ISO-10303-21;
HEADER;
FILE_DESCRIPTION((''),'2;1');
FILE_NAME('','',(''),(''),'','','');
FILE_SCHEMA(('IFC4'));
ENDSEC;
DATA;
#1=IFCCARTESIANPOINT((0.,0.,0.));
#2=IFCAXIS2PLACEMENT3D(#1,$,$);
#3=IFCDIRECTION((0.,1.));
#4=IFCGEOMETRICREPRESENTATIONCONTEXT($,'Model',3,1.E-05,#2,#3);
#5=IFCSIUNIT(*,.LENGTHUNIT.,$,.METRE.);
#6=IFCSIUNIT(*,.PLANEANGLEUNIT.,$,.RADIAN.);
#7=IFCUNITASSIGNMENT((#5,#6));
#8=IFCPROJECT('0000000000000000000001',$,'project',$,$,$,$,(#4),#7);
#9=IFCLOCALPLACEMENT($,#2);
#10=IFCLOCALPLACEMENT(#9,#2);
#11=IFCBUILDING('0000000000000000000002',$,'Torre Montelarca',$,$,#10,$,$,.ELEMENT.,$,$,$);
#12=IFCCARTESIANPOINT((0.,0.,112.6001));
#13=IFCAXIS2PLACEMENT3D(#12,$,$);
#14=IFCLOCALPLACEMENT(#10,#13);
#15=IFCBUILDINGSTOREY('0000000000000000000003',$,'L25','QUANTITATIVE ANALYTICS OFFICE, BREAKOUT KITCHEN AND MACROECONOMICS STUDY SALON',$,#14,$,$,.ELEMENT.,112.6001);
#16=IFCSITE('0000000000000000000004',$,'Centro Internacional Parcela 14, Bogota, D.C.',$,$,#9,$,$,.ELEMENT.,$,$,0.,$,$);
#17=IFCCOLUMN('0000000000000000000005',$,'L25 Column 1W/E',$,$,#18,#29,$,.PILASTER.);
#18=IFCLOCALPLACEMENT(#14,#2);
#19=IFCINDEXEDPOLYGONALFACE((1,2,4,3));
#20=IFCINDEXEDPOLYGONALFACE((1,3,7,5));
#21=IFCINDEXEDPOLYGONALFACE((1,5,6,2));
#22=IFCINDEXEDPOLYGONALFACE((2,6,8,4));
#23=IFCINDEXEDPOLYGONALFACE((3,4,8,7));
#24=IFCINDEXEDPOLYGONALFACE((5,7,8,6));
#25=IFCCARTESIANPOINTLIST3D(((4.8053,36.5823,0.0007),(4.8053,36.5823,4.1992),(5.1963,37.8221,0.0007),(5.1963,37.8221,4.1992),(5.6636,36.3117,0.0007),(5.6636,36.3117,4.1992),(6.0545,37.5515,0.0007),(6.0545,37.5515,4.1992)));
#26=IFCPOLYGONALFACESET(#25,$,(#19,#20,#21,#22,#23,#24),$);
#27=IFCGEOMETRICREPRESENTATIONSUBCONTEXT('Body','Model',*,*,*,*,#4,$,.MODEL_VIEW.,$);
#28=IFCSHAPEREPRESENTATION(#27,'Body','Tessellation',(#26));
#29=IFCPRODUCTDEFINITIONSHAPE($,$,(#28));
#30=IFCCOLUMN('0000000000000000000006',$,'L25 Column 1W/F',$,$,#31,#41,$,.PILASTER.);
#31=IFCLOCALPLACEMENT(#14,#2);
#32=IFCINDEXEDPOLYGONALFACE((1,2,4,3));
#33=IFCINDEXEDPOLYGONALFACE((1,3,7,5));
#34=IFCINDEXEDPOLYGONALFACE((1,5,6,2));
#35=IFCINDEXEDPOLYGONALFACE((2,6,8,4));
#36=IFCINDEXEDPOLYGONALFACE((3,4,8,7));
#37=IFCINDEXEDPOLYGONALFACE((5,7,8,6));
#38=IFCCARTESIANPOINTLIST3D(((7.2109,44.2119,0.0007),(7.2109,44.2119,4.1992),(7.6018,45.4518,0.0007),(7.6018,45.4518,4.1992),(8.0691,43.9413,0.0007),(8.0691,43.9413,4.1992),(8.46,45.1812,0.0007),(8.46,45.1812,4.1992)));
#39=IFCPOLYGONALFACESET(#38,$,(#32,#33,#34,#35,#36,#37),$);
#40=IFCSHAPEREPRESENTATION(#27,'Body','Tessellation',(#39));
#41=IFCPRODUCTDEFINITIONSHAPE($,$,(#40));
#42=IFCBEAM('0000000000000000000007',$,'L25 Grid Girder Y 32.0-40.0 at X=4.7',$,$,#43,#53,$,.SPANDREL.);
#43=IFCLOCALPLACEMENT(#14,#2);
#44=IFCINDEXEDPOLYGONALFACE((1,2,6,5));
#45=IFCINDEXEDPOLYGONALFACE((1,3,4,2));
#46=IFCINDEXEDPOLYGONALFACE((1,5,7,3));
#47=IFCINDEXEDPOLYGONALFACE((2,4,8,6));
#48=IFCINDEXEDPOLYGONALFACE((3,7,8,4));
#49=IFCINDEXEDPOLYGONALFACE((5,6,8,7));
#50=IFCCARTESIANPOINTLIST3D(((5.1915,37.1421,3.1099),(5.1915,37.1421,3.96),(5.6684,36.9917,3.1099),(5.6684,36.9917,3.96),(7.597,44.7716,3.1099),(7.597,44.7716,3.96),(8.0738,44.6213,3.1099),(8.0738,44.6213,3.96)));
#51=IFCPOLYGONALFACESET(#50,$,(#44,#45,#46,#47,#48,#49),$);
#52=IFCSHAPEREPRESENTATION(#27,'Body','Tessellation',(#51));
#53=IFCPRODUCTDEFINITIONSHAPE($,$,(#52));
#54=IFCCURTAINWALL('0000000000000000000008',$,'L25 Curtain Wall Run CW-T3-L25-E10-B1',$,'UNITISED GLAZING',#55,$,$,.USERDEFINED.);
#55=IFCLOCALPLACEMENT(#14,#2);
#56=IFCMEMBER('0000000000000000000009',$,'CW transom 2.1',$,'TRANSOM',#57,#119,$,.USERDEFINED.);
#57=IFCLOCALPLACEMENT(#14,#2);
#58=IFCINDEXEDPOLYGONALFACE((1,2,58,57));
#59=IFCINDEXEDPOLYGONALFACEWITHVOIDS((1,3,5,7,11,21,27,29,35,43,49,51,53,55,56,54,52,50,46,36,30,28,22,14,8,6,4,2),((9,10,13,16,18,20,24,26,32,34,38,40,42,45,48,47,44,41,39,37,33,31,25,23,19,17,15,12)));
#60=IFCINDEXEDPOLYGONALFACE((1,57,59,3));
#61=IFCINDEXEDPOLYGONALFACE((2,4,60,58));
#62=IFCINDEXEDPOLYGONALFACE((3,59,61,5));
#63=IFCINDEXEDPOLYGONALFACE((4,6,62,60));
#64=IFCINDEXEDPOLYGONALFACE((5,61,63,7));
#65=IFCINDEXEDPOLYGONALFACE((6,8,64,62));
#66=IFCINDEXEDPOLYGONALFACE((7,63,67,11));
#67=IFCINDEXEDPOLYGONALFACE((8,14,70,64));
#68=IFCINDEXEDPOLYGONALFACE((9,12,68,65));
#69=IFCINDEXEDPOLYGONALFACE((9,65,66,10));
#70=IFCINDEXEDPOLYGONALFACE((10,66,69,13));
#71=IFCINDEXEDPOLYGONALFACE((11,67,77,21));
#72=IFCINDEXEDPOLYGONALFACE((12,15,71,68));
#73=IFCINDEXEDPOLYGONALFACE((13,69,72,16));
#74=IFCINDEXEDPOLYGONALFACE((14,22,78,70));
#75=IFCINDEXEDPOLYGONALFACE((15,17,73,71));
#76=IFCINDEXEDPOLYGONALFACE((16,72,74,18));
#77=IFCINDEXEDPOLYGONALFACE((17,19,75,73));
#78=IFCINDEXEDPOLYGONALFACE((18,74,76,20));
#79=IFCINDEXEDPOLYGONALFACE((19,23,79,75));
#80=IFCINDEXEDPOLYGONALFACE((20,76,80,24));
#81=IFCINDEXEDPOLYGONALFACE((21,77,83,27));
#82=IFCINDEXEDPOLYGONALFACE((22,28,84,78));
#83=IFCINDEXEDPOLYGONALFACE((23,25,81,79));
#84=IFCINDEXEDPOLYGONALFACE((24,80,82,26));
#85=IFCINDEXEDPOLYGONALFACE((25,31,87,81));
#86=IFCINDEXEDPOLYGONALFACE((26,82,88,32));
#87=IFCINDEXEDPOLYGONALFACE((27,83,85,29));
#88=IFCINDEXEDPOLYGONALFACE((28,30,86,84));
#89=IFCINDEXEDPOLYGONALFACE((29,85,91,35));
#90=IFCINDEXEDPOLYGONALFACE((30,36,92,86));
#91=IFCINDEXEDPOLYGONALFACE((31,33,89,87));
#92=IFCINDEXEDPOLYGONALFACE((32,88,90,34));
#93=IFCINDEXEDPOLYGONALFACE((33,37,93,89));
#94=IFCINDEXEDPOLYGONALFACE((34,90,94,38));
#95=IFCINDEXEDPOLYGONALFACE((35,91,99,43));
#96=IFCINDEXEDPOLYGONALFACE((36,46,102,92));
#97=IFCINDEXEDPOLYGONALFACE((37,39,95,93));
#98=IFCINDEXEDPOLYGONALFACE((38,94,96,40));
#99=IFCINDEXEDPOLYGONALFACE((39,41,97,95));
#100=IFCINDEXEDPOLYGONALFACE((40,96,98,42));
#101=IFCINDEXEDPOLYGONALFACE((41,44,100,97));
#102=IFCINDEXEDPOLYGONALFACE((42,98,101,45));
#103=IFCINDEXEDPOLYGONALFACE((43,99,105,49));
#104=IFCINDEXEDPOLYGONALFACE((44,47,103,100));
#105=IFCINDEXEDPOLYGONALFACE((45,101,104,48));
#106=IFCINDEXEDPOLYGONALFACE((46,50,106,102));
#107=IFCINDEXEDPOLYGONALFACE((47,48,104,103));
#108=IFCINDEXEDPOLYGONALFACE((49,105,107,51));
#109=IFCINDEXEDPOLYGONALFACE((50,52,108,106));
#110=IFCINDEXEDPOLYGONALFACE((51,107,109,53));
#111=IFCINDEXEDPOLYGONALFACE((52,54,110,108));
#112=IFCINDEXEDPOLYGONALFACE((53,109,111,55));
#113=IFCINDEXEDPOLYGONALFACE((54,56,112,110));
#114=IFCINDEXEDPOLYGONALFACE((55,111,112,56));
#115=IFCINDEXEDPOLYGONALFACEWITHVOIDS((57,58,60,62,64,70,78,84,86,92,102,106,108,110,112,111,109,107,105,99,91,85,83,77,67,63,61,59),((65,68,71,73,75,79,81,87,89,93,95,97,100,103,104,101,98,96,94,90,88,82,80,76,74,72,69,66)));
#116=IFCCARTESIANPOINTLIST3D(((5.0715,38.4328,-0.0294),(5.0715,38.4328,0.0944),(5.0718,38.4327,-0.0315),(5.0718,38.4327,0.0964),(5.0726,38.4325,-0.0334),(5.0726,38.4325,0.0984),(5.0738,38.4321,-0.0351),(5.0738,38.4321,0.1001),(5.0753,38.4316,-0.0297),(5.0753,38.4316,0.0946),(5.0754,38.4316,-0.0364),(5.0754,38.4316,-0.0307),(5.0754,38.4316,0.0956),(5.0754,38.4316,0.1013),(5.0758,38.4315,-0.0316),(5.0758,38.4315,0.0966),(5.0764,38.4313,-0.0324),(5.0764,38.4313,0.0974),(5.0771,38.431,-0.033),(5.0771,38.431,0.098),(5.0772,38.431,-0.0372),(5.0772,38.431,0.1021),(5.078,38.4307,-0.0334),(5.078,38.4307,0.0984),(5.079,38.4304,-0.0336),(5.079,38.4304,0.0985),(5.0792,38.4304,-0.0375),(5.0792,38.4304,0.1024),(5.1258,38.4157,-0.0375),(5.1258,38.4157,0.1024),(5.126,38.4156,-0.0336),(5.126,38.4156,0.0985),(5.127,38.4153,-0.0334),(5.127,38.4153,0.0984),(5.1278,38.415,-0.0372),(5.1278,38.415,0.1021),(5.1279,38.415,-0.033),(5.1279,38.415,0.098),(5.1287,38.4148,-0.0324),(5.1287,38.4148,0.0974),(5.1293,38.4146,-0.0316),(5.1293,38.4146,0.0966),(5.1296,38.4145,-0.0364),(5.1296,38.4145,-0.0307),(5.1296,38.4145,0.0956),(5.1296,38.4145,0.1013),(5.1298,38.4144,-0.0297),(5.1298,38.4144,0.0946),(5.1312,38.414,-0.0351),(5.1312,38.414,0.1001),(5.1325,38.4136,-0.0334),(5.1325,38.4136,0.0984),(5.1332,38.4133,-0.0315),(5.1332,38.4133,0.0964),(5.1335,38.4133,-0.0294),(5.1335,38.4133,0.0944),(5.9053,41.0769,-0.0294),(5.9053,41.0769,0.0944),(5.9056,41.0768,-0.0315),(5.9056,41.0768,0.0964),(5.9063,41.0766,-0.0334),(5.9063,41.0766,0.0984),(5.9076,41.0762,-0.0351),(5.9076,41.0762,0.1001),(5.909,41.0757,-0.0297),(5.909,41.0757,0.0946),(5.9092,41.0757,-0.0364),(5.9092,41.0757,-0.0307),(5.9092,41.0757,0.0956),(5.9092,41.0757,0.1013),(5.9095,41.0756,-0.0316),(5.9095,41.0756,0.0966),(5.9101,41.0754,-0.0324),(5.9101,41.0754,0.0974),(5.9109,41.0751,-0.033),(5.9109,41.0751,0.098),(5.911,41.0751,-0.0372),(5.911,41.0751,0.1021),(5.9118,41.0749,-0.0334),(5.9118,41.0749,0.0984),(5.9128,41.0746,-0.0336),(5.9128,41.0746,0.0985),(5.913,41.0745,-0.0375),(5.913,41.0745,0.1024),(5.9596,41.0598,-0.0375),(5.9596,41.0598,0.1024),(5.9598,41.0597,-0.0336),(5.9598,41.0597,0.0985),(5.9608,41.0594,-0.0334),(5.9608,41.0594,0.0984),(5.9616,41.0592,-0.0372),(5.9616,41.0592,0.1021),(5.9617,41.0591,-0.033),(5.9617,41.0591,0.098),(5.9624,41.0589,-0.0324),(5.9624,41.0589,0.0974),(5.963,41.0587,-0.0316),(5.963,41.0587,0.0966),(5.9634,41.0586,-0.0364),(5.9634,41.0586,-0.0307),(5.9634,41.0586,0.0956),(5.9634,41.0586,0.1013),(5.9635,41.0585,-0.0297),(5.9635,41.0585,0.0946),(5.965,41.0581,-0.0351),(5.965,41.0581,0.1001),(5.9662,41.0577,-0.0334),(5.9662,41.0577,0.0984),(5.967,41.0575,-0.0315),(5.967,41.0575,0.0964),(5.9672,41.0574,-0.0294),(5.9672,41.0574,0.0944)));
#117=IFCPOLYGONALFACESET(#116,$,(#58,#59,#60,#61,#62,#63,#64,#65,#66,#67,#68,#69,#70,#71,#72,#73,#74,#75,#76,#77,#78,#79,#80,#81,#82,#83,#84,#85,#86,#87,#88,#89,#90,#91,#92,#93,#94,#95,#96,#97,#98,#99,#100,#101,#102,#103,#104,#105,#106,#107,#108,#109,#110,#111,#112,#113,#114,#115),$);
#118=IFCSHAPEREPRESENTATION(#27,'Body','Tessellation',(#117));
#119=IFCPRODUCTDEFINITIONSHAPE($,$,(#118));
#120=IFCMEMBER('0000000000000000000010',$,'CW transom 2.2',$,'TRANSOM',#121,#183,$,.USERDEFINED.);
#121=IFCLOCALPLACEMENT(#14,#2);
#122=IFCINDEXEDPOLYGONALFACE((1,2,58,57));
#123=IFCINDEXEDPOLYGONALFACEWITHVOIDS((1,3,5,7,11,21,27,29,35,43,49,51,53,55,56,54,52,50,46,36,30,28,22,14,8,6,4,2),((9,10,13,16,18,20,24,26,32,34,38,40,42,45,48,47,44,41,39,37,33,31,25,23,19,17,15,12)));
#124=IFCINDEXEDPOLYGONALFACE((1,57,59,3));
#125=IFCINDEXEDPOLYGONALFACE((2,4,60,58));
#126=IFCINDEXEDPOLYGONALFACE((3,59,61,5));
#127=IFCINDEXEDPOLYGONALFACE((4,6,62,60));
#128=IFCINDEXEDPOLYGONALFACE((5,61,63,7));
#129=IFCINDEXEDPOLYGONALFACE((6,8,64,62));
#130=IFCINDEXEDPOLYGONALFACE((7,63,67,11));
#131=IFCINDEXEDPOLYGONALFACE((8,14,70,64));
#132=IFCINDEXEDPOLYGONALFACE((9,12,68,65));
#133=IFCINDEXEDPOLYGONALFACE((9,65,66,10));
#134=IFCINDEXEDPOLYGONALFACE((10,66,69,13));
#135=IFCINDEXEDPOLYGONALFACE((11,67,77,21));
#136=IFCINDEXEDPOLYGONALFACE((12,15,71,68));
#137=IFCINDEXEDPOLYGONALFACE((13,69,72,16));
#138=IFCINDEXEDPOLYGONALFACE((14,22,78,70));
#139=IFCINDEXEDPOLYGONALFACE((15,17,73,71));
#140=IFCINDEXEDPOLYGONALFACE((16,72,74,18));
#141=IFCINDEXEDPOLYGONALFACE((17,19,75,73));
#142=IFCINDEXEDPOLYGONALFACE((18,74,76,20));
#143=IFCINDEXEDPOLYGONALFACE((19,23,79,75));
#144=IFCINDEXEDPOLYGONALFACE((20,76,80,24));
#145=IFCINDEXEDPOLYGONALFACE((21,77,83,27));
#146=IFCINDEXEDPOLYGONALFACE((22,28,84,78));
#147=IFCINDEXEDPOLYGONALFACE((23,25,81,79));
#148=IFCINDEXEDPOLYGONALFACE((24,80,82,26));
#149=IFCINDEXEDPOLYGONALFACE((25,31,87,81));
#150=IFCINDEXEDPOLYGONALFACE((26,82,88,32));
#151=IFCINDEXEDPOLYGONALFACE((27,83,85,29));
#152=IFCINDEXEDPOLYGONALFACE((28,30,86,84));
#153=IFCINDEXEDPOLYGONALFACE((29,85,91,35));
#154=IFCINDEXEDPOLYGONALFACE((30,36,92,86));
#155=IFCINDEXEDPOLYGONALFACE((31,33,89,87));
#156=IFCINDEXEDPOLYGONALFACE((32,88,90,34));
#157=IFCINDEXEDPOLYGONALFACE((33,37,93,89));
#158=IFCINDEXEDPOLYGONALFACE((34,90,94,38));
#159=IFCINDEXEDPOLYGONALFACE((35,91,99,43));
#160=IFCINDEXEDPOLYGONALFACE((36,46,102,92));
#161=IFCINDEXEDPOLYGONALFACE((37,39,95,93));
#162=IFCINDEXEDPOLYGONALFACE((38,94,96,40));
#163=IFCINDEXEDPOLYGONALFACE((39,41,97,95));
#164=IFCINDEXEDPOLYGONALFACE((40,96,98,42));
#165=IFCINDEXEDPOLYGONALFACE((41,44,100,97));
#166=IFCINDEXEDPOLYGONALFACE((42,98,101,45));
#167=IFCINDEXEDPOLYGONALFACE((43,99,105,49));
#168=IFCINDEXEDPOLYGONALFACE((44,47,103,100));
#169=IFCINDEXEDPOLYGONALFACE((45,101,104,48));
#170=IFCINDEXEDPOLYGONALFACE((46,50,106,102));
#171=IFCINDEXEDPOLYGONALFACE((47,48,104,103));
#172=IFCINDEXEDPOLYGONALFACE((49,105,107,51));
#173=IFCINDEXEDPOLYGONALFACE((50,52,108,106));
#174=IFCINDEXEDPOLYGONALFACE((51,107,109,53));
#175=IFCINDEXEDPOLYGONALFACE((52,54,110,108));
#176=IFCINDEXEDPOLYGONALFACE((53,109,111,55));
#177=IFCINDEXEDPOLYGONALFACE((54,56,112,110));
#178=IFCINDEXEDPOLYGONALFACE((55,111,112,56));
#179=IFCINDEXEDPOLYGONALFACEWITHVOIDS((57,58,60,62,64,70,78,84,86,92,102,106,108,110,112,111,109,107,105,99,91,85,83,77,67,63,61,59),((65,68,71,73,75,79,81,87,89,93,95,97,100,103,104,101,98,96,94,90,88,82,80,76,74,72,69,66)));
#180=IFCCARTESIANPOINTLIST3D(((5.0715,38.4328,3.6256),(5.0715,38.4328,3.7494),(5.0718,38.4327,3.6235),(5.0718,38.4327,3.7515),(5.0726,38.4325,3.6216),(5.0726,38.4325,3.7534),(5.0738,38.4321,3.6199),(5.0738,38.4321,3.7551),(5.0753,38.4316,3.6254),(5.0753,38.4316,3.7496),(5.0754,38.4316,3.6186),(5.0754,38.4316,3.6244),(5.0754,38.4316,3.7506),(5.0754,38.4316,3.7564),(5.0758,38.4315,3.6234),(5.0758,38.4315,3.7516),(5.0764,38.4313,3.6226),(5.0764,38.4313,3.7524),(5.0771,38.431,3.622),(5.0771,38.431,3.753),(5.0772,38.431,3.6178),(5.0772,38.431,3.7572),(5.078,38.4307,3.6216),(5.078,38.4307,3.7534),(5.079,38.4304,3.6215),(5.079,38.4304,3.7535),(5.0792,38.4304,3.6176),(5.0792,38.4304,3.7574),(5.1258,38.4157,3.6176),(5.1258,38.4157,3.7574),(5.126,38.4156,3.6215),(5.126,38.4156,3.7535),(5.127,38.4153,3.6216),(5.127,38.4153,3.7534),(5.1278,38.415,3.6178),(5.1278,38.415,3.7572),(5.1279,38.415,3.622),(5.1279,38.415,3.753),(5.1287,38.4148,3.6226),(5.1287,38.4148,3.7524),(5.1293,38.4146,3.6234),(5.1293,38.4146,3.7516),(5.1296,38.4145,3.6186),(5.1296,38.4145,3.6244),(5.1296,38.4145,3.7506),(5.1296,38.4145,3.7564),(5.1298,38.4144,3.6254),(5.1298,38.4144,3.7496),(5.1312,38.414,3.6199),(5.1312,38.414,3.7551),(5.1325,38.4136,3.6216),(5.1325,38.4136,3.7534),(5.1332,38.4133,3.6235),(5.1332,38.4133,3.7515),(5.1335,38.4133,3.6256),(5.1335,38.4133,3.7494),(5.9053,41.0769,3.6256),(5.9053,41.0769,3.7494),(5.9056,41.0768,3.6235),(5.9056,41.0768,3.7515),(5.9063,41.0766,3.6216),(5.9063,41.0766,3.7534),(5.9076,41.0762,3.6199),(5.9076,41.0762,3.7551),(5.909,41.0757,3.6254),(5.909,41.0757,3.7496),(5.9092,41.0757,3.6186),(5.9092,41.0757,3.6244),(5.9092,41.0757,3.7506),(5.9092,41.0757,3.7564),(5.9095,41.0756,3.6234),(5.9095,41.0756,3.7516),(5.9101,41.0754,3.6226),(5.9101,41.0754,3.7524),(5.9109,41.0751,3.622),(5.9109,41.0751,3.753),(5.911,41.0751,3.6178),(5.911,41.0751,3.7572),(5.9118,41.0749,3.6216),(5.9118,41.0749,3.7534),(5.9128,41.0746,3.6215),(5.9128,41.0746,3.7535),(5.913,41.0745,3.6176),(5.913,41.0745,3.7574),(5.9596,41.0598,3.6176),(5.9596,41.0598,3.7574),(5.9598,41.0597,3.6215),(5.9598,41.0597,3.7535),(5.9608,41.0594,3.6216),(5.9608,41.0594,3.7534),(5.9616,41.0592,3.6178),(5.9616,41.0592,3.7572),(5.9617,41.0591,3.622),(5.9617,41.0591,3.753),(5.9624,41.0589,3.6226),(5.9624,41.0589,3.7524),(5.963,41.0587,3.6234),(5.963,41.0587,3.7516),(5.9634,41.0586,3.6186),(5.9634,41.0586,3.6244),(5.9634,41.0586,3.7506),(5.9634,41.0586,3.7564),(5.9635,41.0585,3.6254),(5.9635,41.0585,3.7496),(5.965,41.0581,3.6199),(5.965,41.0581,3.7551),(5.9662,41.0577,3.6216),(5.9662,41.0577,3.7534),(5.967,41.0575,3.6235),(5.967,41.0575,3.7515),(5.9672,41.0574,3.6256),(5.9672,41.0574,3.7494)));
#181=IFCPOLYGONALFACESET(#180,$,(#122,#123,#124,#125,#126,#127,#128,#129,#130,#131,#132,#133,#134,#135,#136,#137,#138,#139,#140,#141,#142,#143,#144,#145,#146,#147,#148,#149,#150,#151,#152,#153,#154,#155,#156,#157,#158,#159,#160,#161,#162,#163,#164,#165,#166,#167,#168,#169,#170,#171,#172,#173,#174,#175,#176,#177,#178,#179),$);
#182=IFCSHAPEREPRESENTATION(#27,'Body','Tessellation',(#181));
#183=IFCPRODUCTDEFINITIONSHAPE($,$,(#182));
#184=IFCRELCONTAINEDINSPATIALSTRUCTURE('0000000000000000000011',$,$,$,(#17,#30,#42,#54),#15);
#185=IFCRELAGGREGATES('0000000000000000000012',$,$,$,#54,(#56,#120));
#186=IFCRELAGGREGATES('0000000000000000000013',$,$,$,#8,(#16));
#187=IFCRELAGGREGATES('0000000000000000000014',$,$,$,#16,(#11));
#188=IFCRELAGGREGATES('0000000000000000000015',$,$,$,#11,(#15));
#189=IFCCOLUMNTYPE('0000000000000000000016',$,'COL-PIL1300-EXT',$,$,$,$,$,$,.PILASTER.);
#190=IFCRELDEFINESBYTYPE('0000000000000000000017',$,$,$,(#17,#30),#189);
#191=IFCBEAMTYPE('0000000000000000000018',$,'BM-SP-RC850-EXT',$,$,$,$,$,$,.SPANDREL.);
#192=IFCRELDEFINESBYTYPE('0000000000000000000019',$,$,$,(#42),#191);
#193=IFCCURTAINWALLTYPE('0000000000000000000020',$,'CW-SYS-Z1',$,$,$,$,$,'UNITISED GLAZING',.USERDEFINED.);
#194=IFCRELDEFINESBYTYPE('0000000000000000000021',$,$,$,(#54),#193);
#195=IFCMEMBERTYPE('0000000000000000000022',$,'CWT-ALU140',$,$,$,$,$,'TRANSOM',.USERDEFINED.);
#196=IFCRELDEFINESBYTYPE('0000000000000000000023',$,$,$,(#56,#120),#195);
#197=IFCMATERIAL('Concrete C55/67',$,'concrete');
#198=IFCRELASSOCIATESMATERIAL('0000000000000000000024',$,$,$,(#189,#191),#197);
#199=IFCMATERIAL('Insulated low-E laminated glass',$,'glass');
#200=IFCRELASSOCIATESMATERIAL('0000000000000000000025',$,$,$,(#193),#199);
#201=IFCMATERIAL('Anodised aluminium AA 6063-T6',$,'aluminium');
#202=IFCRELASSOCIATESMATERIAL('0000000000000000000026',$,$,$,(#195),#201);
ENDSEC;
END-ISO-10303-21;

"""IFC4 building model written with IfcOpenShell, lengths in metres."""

from ifc_helpers import new_model, si_unit, direction, frame, origin, origin_2d, place, context, subcontext, project, spatial, rectangle, hollow_rectangle, extrude, source, transform, mapped, material, material_profile, profile_set, type_object, element, aggregate, save


model = new_model("IFC4")

# Units and contexts
model_context = context("Model", 3, precision=1e-05, world=origin(), true_north=direction((0.0, 1.0)))
body_context = subcontext(model_context, "Body", "Model", "MODEL_VIEW")
ifc_project = project(units=[si_unit("LENGTHUNIT", "METRE"), si_unit("PLANEANGLEUNIT", "RADIAN")], contexts=[model_context])

# Site, building, storey
site_placement = place(None, origin())
site = spatial("IfcSite", under=ifc_project, at=site_placement, Name="Centro Internacional Parcela 14, Bogota, D.C.", CompositionType="ELEMENT", RefElevation=0.0)
building_placement = place(site_placement, origin())
building = spatial("IfcBuilding", under=site, at=building_placement, Name="Torre Montelarca", CompositionType="ELEMENT")
storey_placement = place(building_placement, frame((0.0, 0.0, 112.6001)))
storey = spatial("IfcBuildingStorey", under=building, at=storey_placement, Name="L25", Description="QUANTITATIVE ANALYTICS OFFICE, BREAKOUT KITCHEN AND MACROECONOMICS STUDY SALON", CompositionType="ELEMENT", Elevation=112.6001)

# Columns
ifc_material_1 = material(Name="Concrete C55/67", Category="concrete")
ifc_material_profile_1 = material_profile(ifc_material_1, rectangle(XDim=0.8999, YDim=1.3, at=origin_2d()), Name="RC1300X900", Category="concrete")
ifc_profile_set_1 = profile_set([ifc_material_profile_1], Name="Concrete C55/67")
column_type = type_object("IfcColumnType", Name="COL-PIL1300-EXT", PredefinedType="PILASTER", material=ifc_profile_set_1)
shared_shape_1 = source(origin(), body_context, "Body", "SweptSolid", [
    extrude(rectangle(XDim=0.8999, YDim=1.3, at=origin_2d()), origin(), (0.0, 0.0, 1.0), 4.1985),
])
for number, where, z_axis, x_axis, name in (
    (1, (5.4299, 37.0669, 0.0007), (0.0, 0.0, 1.0), (-0.953717, 0.300706, 0.0), "L25 Column 1W/E"),
    (2, (7.8354, 44.6965, 0.0007), (0.0, 0.0, 1.0), (-0.953717, 0.300706, 0.0), "L25 Column 1W/F"),
):
    element("IfcColumn", number, at=place(storey_placement, frame(where, z_axis=z_axis, x_axis=x_axis)), inside=storey, type_object=column_type, Name=name, PredefinedType="PILASTER", context=body_context, shape_type="MappedRepresentation", body=[
        mapped(shared_shape_1, transform((0.0, 0.0, 0.0), scale=1.0)),
    ])

# Beam
ifc_material_profile_2 = material_profile(ifc_material_1, rectangle(XDim=0.5, YDim=0.8501, at=origin_2d()), Name="RCB500X850", Category="concrete")
ifc_profile_set_2 = profile_set([ifc_material_profile_2], Name="Concrete C55/67")
beam_type = type_object("IfcBeamType", Name="BM-SP-RC850-EXT", PredefinedType="SPANDREL", material=ifc_profile_set_2)
shared_shape_2 = source(origin(), body_context, "Body", "SweptSolid", [
    extrude(rectangle(XDim=0.5, YDim=0.8501, at=origin_2d()), origin(), (0.0, 0.0, 1.0), 7.9998),
])
beam_placement = place(storey_placement, frame((5.4299, 37.0669, 3.5349), z_axis=(0.300695, 0.95372, 0.0), x_axis=(-0.95372, 0.300695, 0.0)))
element("IfcBeam", 3, at=beam_placement, inside=storey, type_object=beam_type, Name="L25 Grid Girder Y 32.0-40.0 at X=4.7", PredefinedType="SPANDREL", context=body_context, shape_type="MappedRepresentation", body=[
    mapped(shared_shape_2, transform((0.0, 0.0, 0.0), scale=1.0)),
])

# Curtain wall, members
ifc_material_2 = material(Name="Insulated low-E laminated glass", Category="glass")
curtain_wall_type = type_object("IfcCurtainWallType", Name="CW-SYS-Z1", ElementType="UNITISED GLAZING", PredefinedType="USERDEFINED", material=ifc_material_2)
curtain_wall_1_placement = place(storey_placement, origin())
curtain_wall_1 = element("IfcCurtainWall", 4, at=curtain_wall_1_placement, inside=storey, type_object=curtain_wall_type, Name="L25 Curtain Wall Run CW-T3-L25-E10-B1", ObjectType="UNITISED GLAZING", PredefinedType="USERDEFINED")
ifc_material_3 = material(Name="Anodised aluminium AA 6063-T6", Category="aluminium")
ifc_material_profile_3 = material_profile(ifc_material_3, hollow_rectangle(XDim=0.0649, YDim=0.1399, WallThickness=0.0039, InnerFilletRadius=0.0039, OuterFilletRadius=0.0081, at=origin_2d()), Name="ALU65X140X4", Category="aluminium")
ifc_profile_set_3 = profile_set([ifc_material_profile_3], Name="Anodised aluminium AA 6063-T6")
member_type_1 = type_object("IfcMemberType", Name="CWT-ALU140", ElementType="TRANSOM", PredefinedType="USERDEFINED", material=ifc_profile_set_3)
shared_shape_3 = source(origin(), body_context, "Body", "SweptSolid", [
    extrude(hollow_rectangle(XDim=0.0649, YDim=0.1399, WallThickness=0.0039, InnerFilletRadius=0.0039, OuterFilletRadius=0.0081, at=origin_2d()), origin(), (0.0, 0.0, 1.0), 2.7725),
])
member_1_placement = place(storey_placement, frame((5.9363, 41.0671, 0.0325), z_axis=(-0.300731, -0.953709, 0.0), x_axis=(0.953709, -0.300731, 0.0)))
member_1 = element("IfcMember", 5, at=member_1_placement, type_object=member_type_1, Name="CW transom 2.1", ObjectType="TRANSOM", PredefinedType="USERDEFINED", context=body_context, shape_type="MappedRepresentation", body=[
    mapped(shared_shape_3, transform((0.0, 0.0, 0.0), scale=1.0)),
])
member_2_placement = place(storey_placement, frame((5.9363, 41.0671, 3.6875), z_axis=(-0.300731, -0.953709, 0.0), x_axis=(0.953709, -0.300731, 0.0)))
member_2 = element("IfcMember", 6, at=member_2_placement, type_object=member_type_1, Name="CW transom 2.2", ObjectType="TRANSOM", PredefinedType="USERDEFINED", context=body_context, shape_type="MappedRepresentation", body=[
    mapped(shared_shape_3, transform((0.0, 0.0, 0.0), scale=1.0)),
])

aggregate(curtain_wall_1, [member_1, member_2])

save(model, "model.ifc")
